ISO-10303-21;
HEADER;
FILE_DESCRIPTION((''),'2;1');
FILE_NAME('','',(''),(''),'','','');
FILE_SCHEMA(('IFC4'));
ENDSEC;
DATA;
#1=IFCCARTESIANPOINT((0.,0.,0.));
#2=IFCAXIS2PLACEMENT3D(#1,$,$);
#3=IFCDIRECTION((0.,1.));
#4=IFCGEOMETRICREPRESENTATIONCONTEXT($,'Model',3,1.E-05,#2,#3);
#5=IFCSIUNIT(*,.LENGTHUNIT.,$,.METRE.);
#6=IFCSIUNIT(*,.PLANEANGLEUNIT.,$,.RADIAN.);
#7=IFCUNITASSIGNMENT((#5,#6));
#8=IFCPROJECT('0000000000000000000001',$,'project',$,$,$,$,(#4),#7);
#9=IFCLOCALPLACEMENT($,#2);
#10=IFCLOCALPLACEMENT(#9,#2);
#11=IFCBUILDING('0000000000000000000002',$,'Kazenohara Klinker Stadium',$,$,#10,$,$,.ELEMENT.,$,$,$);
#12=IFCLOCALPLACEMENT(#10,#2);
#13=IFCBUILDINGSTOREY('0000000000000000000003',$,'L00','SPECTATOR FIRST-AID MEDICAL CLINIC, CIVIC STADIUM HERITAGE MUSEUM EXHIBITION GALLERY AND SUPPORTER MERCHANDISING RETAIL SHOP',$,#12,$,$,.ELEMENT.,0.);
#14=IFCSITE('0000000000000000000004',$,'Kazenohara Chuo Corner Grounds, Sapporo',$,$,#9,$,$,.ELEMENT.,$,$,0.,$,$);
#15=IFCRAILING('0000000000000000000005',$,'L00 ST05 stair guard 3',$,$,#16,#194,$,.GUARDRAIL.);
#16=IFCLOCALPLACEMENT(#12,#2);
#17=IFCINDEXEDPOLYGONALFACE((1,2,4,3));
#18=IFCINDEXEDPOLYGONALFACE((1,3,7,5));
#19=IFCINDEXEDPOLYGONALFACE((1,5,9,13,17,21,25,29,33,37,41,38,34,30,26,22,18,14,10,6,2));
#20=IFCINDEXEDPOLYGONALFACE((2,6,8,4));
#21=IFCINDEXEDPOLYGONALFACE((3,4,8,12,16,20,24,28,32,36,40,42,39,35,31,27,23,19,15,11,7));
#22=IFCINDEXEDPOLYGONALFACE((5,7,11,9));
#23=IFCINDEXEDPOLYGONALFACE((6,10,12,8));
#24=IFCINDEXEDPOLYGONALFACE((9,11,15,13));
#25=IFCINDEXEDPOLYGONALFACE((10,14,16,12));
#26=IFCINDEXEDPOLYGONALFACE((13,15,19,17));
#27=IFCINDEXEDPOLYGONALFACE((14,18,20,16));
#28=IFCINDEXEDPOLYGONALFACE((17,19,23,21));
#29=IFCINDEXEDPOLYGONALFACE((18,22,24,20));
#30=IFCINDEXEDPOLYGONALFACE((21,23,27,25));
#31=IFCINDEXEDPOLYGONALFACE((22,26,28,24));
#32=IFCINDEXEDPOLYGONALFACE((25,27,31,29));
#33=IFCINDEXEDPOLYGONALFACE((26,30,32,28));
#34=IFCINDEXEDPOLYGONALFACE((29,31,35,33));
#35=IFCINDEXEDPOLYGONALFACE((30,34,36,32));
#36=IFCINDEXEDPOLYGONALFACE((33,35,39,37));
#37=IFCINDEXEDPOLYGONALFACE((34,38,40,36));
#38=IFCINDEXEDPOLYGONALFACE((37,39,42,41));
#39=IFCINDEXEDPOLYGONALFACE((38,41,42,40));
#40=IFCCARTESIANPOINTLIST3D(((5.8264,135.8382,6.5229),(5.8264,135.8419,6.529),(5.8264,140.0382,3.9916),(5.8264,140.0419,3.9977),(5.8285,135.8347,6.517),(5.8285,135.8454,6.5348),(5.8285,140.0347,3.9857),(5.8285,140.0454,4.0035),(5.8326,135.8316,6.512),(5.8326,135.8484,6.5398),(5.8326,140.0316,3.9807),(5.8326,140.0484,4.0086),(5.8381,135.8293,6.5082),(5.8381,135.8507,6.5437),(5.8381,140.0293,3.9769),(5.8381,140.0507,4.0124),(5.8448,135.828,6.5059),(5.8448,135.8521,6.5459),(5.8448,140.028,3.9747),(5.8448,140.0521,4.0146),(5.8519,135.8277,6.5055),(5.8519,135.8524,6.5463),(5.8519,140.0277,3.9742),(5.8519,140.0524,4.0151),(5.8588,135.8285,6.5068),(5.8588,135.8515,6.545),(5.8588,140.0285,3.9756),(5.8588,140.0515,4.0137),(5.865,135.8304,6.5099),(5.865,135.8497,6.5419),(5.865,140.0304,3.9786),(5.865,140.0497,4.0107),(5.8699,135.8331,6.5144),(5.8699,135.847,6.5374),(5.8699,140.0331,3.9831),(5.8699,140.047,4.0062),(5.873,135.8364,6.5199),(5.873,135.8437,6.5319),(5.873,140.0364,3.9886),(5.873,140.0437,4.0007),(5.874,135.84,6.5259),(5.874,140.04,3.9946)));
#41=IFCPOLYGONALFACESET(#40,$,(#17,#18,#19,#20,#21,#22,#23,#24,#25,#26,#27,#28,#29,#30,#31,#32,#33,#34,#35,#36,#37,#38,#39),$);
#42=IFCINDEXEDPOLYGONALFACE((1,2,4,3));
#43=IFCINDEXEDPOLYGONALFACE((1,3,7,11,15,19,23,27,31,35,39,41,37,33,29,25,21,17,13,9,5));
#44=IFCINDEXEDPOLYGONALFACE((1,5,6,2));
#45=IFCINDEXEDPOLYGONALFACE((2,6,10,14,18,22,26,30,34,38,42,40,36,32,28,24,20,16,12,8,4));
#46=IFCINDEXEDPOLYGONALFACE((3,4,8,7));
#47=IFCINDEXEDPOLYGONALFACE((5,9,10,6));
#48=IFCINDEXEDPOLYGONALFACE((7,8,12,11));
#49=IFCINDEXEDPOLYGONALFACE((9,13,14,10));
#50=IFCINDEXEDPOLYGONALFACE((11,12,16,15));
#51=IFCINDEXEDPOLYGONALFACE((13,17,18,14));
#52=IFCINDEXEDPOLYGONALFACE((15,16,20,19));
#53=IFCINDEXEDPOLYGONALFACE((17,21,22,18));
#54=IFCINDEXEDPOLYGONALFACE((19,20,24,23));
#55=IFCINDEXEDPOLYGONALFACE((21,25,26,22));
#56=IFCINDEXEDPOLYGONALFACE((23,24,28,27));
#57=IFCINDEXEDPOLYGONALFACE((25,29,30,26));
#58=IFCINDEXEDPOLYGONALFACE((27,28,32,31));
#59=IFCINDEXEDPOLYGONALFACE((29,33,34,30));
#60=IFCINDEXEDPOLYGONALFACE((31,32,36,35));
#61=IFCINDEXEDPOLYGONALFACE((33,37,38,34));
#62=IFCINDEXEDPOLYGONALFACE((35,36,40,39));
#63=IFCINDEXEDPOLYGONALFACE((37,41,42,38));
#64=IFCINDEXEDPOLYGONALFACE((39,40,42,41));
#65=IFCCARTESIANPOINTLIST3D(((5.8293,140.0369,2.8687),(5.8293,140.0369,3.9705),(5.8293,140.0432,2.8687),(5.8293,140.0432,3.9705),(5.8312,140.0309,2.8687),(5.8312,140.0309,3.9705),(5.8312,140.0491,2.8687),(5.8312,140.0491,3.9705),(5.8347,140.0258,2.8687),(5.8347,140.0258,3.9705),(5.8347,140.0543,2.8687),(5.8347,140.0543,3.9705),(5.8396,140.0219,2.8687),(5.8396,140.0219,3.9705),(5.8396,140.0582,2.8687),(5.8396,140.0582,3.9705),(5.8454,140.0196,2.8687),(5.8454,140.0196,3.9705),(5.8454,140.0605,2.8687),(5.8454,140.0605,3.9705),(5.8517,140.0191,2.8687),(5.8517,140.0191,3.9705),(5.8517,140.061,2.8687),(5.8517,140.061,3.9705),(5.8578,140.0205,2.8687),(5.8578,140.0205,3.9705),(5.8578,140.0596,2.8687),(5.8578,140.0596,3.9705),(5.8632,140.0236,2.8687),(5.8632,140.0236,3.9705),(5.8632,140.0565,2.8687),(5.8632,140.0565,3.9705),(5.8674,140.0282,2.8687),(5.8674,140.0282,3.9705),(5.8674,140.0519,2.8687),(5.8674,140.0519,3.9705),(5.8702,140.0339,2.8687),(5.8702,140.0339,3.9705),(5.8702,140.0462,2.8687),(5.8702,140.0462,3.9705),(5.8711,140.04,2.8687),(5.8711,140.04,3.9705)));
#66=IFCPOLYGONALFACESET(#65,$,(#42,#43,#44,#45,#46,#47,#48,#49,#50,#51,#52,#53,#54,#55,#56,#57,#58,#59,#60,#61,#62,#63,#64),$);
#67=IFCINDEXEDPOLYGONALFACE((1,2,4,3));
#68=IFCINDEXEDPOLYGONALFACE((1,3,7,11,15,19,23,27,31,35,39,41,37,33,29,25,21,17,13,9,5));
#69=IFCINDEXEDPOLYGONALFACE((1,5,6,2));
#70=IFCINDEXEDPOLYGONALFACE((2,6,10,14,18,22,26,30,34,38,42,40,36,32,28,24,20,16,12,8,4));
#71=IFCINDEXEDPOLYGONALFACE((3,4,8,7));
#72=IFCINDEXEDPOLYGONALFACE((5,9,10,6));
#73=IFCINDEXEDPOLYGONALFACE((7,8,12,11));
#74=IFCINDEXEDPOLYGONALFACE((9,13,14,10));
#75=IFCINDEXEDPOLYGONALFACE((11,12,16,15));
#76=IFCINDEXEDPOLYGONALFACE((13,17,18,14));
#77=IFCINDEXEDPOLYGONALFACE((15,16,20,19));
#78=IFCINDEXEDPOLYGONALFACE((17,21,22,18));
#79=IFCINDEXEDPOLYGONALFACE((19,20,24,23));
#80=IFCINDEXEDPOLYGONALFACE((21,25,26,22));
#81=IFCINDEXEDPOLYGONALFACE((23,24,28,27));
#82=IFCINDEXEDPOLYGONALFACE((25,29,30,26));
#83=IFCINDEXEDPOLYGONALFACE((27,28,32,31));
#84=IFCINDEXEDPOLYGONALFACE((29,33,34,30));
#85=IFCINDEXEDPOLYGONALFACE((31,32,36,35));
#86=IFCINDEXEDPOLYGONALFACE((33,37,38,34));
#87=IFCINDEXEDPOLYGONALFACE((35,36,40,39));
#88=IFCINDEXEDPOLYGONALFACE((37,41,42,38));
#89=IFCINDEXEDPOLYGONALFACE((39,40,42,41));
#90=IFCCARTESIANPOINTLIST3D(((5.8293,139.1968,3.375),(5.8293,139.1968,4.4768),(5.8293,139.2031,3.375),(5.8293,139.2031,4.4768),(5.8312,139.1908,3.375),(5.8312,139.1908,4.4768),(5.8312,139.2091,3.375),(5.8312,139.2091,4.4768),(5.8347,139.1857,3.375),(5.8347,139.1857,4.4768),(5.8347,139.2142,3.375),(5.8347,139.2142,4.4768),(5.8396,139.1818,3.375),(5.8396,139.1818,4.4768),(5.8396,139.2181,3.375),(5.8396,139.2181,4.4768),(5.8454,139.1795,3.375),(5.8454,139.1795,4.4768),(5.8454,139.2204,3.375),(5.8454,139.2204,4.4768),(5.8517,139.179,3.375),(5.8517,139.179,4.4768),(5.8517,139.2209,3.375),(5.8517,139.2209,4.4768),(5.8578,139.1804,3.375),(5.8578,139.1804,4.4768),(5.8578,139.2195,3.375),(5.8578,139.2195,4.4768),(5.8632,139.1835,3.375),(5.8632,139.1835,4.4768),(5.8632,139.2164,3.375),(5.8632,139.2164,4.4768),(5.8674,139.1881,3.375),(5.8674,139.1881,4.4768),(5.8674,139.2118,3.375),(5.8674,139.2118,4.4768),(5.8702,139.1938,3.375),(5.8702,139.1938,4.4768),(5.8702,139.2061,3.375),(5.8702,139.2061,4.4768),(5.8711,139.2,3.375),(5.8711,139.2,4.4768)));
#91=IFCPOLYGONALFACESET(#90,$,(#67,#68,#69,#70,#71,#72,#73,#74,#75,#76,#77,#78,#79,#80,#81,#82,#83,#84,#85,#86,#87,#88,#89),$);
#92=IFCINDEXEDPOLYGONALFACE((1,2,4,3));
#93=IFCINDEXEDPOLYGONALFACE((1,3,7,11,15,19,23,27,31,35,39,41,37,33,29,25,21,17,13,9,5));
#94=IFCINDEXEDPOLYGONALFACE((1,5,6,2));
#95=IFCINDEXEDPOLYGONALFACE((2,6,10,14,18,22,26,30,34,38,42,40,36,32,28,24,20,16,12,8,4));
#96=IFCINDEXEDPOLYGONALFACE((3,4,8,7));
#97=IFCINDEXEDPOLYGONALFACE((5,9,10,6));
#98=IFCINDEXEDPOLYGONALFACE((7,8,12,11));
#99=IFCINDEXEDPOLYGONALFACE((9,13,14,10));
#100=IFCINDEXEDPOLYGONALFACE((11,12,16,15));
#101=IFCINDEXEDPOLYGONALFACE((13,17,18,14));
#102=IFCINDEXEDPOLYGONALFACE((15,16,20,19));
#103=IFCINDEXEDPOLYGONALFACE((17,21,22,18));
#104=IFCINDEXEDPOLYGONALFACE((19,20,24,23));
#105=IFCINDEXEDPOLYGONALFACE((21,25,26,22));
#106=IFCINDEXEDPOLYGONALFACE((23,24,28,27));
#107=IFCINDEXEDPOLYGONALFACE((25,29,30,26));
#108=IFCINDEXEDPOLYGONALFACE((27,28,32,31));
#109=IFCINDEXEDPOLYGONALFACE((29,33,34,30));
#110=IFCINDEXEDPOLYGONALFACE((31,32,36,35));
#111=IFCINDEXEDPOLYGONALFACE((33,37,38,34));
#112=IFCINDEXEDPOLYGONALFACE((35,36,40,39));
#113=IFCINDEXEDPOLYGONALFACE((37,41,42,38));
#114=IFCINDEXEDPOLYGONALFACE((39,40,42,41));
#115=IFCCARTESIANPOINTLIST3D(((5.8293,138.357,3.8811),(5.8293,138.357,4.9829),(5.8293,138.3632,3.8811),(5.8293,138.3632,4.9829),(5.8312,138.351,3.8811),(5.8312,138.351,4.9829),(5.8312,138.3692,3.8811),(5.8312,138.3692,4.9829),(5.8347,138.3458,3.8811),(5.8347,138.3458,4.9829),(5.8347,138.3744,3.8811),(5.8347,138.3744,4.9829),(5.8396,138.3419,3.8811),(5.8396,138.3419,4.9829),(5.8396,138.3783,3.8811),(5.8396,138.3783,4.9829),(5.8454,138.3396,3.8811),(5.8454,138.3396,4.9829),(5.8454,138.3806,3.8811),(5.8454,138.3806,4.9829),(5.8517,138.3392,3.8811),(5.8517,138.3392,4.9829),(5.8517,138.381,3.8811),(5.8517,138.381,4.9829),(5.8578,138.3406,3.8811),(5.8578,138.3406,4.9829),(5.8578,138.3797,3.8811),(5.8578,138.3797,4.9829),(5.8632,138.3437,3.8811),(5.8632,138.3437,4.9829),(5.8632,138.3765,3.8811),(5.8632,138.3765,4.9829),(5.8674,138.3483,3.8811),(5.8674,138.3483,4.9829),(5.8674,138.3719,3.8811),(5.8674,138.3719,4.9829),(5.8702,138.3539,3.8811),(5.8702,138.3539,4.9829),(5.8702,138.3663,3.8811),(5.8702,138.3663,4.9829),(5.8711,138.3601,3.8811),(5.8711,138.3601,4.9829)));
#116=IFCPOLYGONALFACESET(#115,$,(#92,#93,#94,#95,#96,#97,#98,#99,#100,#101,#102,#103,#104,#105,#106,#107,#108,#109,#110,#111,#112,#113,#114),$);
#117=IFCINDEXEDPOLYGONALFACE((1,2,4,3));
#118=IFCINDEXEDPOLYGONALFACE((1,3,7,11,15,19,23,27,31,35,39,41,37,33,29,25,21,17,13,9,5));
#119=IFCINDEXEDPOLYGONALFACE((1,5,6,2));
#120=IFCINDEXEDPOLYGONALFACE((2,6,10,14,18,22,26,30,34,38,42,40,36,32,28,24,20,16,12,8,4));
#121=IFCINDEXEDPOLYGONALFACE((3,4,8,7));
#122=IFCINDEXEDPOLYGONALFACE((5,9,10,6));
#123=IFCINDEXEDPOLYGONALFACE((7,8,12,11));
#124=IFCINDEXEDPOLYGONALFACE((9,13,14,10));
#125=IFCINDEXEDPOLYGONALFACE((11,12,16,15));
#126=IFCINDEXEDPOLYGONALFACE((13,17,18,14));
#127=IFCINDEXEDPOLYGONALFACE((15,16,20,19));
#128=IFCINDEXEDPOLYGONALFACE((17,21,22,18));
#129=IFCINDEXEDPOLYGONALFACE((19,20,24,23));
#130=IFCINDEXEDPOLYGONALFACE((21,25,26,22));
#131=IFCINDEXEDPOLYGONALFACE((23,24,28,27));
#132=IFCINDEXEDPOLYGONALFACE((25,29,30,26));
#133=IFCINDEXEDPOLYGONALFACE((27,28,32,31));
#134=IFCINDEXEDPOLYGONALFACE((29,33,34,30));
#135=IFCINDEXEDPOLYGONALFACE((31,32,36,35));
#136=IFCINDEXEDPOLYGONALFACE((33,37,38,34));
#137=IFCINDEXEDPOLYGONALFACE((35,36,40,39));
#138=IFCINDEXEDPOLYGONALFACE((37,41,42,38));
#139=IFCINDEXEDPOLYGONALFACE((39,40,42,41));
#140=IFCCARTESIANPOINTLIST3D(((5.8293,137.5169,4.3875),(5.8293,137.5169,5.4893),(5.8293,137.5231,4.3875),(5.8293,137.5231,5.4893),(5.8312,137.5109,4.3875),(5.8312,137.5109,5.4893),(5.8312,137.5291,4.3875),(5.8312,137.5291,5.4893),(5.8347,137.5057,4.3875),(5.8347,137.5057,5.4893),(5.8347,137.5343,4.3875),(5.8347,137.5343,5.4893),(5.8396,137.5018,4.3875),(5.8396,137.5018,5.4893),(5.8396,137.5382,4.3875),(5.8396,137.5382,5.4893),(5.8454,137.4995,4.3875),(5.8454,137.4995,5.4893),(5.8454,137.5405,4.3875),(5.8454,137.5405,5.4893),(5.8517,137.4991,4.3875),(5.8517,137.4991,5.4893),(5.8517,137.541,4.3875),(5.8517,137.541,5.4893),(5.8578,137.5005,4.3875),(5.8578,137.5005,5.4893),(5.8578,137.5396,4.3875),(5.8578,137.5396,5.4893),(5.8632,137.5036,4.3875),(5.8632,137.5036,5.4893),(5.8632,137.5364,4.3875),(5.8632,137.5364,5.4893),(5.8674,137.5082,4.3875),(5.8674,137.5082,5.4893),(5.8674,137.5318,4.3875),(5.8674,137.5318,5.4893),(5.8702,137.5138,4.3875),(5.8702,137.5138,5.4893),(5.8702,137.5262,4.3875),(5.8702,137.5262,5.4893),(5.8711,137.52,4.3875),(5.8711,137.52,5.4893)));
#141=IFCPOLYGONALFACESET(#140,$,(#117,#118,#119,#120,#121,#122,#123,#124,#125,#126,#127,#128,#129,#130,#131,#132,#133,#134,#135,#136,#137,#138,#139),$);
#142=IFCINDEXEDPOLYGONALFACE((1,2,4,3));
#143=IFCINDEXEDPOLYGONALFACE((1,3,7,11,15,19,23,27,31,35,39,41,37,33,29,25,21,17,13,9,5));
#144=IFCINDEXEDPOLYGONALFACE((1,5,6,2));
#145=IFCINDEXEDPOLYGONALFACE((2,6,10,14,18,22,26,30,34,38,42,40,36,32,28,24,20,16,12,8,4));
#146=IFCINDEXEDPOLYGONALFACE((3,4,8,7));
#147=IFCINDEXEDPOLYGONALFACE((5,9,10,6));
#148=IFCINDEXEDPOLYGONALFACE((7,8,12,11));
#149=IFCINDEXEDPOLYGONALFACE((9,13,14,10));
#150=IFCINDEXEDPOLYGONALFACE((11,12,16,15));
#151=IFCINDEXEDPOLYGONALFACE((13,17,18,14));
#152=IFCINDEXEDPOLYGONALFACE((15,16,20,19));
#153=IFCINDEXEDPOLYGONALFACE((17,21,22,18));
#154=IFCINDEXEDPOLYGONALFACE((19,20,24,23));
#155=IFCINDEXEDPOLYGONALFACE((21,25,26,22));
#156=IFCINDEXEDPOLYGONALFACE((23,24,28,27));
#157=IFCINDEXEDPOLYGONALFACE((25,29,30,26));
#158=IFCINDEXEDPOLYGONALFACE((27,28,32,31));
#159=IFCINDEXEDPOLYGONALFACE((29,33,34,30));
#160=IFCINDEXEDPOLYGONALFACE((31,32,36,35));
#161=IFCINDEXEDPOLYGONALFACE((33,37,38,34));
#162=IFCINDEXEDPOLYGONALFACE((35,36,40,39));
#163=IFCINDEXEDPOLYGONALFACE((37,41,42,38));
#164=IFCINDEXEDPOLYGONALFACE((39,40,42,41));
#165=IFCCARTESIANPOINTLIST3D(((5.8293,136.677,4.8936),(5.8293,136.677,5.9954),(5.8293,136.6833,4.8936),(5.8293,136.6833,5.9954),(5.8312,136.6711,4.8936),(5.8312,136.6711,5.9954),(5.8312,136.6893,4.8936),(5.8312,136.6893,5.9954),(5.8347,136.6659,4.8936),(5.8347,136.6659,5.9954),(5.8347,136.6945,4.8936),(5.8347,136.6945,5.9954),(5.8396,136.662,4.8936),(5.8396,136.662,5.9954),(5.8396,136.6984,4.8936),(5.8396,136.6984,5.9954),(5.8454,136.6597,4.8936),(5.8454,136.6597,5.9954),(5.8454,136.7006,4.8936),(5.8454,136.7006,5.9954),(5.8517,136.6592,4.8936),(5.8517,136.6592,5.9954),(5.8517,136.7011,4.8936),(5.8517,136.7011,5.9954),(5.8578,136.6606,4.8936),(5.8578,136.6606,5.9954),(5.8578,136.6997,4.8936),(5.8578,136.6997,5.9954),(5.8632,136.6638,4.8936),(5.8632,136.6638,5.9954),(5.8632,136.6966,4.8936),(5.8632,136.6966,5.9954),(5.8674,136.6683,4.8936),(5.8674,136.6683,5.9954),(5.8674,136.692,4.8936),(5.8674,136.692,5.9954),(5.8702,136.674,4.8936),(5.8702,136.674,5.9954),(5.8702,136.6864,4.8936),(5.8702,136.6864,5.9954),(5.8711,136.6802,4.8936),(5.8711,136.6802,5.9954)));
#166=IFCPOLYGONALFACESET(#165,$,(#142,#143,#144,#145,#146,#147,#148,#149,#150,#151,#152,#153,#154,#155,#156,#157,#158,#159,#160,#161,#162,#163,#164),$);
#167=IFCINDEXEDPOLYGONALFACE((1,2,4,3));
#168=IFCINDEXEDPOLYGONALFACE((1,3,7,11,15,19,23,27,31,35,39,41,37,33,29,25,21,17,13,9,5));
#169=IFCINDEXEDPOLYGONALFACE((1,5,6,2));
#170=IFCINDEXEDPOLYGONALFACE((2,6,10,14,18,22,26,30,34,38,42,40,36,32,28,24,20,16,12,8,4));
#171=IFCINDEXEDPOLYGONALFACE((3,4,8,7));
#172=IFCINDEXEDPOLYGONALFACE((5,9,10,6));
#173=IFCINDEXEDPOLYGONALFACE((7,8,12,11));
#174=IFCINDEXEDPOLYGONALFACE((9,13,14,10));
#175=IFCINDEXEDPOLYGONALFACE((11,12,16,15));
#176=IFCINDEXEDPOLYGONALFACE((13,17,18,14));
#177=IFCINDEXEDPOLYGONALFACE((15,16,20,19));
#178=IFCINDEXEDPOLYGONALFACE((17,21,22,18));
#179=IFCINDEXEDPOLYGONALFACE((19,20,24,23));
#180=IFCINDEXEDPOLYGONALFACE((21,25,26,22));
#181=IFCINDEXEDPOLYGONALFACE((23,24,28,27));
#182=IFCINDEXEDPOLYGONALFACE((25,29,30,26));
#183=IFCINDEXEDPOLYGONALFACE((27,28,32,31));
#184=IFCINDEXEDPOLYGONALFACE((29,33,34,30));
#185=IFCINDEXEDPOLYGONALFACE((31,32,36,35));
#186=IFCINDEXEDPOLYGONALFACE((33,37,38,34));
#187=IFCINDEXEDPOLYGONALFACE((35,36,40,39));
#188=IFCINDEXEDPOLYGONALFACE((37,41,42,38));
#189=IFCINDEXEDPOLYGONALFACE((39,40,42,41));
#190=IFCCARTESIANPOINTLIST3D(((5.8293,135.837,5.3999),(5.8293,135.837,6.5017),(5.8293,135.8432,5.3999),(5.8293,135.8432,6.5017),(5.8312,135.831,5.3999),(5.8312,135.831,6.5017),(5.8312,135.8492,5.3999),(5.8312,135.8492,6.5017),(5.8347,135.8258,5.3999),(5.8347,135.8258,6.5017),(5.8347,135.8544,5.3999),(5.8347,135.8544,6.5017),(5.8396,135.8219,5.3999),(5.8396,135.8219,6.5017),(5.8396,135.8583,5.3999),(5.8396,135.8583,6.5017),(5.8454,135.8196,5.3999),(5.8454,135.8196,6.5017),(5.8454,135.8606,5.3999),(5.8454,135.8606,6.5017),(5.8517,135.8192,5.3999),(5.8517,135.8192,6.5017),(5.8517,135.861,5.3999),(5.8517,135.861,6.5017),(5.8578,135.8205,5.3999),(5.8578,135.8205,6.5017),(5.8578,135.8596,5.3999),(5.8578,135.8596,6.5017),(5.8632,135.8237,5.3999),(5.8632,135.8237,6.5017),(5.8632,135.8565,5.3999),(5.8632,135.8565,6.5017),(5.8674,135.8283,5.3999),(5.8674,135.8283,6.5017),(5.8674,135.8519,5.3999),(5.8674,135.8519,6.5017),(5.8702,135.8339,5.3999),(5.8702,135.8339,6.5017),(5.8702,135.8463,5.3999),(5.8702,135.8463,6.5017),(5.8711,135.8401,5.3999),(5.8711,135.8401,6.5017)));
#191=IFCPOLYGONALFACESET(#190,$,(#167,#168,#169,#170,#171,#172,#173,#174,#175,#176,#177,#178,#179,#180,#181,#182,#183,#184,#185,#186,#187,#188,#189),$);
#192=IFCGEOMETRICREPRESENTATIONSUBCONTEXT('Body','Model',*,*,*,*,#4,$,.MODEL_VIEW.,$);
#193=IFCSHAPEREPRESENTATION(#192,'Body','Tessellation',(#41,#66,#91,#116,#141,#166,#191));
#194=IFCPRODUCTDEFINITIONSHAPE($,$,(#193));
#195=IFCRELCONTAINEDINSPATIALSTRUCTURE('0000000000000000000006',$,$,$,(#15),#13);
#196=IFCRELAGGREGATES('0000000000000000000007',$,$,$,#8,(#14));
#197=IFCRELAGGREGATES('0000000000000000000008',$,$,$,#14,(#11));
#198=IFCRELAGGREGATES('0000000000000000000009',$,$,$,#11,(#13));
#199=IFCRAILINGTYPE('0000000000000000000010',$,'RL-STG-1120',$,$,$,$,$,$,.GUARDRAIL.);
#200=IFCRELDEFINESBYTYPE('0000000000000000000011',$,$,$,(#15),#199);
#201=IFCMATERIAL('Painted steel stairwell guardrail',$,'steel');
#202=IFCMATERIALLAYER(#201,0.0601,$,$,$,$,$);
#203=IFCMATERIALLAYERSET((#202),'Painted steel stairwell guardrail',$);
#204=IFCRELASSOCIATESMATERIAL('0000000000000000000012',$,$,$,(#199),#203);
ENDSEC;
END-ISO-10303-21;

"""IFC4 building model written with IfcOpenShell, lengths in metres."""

from ifc_helpers import new_model, si_unit, direction, frame, origin, origin_2d, place, context, subcontext, project, spatial, circle, extrude, material, layer, layer_set, type_object, element, save


model = new_model("IFC4")

# Units and contexts
model_context = context("Model", 3, precision=1e-05, world=origin(), true_north=direction((0.0, 1.0)))
body_context = subcontext(model_context, "Body", "Model", "MODEL_VIEW")
ifc_project = project(units=[si_unit("LENGTHUNIT", "METRE"), si_unit("PLANEANGLEUNIT", "RADIAN")], contexts=[model_context])

# Site, building, storey
site_placement = place(None, origin())
site = spatial("IfcSite", under=ifc_project, at=site_placement, Name="Kazenohara Chuo Corner Grounds, Sapporo", CompositionType="ELEMENT", RefElevation=0.0)
building_placement = place(site_placement, origin())
building = spatial("IfcBuilding", under=site, at=building_placement, Name="Kazenohara Klinker Stadium", CompositionType="ELEMENT")
storey_placement = place(building_placement, origin())
storey = spatial("IfcBuildingStorey", under=building, at=storey_placement, Name="L00", Description="SPECTATOR FIRST-AID MEDICAL CLINIC, CIVIC STADIUM HERITAGE MUSEUM EXHIBITION GALLERY AND SUPPORTER MERCHANDISING RETAIL SHOP", CompositionType="ELEMENT", Elevation=0.0)

# Railing
ifc_material_1 = material(Name="Painted steel stairwell guardrail", Category="steel")
ifc_layer_1 = layer(ifc_material_1, 0.0601)
ifc_layer_set_1 = layer_set([ifc_layer_1], Name="Painted steel stairwell guardrail")
railing_type_1 = type_object("IfcRailingType", Name="RL-STG-1120", PredefinedType="GUARDRAIL", material=ifc_layer_set_1)
railing_1_placement = place(storey_placement, frame((5.8501, 140.04, 2.8687)))
element("IfcRailing", 1, at=railing_1_placement, inside=storey, type_object=railing_type_1, Name="L00 ST05 stair guard 3", PredefinedType="GUARDRAIL", context=body_context, shape_type="SweptSolid", body=[
    extrude(circle(Radius=0.0239, at=origin_2d()), frame((0.0, 0.0, 1.126), z_axis=(0.0, -0.856476, 0.516186), x_axis=(1.0, 0.0, 0.0)), (0.0, 0.0, 1.0), 4.9038),
    extrude(circle(Radius=0.021, at=origin_2d()), origin(), (0.0, 0.0, 1.0), 1.1018),
    extrude(circle(Radius=0.021, at=origin_2d()), frame((0.0, -0.8401, 0.5063)), (0.0, 0.0, 1.0), 1.1018),
    extrude(circle(Radius=0.021, at=origin_2d()), frame((0.0, -1.6799, 1.0125)), (0.0, 0.0, 1.0), 1.1018),
    extrude(circle(Radius=0.021, at=origin_2d()), frame((0.0, -2.52, 1.5188)), (0.0, 0.0, 1.0), 1.1018),
    extrude(circle(Radius=0.021, at=origin_2d()), frame((0.0, -3.3599, 2.0249)), (0.0, 0.0, 1.0), 1.1018),
    extrude(circle(Radius=0.021, at=origin_2d()), frame((0.0, -4.2, 2.5312)), (0.0, 0.0, 1.0), 1.1018),
])

save(model, "model.ifc")
